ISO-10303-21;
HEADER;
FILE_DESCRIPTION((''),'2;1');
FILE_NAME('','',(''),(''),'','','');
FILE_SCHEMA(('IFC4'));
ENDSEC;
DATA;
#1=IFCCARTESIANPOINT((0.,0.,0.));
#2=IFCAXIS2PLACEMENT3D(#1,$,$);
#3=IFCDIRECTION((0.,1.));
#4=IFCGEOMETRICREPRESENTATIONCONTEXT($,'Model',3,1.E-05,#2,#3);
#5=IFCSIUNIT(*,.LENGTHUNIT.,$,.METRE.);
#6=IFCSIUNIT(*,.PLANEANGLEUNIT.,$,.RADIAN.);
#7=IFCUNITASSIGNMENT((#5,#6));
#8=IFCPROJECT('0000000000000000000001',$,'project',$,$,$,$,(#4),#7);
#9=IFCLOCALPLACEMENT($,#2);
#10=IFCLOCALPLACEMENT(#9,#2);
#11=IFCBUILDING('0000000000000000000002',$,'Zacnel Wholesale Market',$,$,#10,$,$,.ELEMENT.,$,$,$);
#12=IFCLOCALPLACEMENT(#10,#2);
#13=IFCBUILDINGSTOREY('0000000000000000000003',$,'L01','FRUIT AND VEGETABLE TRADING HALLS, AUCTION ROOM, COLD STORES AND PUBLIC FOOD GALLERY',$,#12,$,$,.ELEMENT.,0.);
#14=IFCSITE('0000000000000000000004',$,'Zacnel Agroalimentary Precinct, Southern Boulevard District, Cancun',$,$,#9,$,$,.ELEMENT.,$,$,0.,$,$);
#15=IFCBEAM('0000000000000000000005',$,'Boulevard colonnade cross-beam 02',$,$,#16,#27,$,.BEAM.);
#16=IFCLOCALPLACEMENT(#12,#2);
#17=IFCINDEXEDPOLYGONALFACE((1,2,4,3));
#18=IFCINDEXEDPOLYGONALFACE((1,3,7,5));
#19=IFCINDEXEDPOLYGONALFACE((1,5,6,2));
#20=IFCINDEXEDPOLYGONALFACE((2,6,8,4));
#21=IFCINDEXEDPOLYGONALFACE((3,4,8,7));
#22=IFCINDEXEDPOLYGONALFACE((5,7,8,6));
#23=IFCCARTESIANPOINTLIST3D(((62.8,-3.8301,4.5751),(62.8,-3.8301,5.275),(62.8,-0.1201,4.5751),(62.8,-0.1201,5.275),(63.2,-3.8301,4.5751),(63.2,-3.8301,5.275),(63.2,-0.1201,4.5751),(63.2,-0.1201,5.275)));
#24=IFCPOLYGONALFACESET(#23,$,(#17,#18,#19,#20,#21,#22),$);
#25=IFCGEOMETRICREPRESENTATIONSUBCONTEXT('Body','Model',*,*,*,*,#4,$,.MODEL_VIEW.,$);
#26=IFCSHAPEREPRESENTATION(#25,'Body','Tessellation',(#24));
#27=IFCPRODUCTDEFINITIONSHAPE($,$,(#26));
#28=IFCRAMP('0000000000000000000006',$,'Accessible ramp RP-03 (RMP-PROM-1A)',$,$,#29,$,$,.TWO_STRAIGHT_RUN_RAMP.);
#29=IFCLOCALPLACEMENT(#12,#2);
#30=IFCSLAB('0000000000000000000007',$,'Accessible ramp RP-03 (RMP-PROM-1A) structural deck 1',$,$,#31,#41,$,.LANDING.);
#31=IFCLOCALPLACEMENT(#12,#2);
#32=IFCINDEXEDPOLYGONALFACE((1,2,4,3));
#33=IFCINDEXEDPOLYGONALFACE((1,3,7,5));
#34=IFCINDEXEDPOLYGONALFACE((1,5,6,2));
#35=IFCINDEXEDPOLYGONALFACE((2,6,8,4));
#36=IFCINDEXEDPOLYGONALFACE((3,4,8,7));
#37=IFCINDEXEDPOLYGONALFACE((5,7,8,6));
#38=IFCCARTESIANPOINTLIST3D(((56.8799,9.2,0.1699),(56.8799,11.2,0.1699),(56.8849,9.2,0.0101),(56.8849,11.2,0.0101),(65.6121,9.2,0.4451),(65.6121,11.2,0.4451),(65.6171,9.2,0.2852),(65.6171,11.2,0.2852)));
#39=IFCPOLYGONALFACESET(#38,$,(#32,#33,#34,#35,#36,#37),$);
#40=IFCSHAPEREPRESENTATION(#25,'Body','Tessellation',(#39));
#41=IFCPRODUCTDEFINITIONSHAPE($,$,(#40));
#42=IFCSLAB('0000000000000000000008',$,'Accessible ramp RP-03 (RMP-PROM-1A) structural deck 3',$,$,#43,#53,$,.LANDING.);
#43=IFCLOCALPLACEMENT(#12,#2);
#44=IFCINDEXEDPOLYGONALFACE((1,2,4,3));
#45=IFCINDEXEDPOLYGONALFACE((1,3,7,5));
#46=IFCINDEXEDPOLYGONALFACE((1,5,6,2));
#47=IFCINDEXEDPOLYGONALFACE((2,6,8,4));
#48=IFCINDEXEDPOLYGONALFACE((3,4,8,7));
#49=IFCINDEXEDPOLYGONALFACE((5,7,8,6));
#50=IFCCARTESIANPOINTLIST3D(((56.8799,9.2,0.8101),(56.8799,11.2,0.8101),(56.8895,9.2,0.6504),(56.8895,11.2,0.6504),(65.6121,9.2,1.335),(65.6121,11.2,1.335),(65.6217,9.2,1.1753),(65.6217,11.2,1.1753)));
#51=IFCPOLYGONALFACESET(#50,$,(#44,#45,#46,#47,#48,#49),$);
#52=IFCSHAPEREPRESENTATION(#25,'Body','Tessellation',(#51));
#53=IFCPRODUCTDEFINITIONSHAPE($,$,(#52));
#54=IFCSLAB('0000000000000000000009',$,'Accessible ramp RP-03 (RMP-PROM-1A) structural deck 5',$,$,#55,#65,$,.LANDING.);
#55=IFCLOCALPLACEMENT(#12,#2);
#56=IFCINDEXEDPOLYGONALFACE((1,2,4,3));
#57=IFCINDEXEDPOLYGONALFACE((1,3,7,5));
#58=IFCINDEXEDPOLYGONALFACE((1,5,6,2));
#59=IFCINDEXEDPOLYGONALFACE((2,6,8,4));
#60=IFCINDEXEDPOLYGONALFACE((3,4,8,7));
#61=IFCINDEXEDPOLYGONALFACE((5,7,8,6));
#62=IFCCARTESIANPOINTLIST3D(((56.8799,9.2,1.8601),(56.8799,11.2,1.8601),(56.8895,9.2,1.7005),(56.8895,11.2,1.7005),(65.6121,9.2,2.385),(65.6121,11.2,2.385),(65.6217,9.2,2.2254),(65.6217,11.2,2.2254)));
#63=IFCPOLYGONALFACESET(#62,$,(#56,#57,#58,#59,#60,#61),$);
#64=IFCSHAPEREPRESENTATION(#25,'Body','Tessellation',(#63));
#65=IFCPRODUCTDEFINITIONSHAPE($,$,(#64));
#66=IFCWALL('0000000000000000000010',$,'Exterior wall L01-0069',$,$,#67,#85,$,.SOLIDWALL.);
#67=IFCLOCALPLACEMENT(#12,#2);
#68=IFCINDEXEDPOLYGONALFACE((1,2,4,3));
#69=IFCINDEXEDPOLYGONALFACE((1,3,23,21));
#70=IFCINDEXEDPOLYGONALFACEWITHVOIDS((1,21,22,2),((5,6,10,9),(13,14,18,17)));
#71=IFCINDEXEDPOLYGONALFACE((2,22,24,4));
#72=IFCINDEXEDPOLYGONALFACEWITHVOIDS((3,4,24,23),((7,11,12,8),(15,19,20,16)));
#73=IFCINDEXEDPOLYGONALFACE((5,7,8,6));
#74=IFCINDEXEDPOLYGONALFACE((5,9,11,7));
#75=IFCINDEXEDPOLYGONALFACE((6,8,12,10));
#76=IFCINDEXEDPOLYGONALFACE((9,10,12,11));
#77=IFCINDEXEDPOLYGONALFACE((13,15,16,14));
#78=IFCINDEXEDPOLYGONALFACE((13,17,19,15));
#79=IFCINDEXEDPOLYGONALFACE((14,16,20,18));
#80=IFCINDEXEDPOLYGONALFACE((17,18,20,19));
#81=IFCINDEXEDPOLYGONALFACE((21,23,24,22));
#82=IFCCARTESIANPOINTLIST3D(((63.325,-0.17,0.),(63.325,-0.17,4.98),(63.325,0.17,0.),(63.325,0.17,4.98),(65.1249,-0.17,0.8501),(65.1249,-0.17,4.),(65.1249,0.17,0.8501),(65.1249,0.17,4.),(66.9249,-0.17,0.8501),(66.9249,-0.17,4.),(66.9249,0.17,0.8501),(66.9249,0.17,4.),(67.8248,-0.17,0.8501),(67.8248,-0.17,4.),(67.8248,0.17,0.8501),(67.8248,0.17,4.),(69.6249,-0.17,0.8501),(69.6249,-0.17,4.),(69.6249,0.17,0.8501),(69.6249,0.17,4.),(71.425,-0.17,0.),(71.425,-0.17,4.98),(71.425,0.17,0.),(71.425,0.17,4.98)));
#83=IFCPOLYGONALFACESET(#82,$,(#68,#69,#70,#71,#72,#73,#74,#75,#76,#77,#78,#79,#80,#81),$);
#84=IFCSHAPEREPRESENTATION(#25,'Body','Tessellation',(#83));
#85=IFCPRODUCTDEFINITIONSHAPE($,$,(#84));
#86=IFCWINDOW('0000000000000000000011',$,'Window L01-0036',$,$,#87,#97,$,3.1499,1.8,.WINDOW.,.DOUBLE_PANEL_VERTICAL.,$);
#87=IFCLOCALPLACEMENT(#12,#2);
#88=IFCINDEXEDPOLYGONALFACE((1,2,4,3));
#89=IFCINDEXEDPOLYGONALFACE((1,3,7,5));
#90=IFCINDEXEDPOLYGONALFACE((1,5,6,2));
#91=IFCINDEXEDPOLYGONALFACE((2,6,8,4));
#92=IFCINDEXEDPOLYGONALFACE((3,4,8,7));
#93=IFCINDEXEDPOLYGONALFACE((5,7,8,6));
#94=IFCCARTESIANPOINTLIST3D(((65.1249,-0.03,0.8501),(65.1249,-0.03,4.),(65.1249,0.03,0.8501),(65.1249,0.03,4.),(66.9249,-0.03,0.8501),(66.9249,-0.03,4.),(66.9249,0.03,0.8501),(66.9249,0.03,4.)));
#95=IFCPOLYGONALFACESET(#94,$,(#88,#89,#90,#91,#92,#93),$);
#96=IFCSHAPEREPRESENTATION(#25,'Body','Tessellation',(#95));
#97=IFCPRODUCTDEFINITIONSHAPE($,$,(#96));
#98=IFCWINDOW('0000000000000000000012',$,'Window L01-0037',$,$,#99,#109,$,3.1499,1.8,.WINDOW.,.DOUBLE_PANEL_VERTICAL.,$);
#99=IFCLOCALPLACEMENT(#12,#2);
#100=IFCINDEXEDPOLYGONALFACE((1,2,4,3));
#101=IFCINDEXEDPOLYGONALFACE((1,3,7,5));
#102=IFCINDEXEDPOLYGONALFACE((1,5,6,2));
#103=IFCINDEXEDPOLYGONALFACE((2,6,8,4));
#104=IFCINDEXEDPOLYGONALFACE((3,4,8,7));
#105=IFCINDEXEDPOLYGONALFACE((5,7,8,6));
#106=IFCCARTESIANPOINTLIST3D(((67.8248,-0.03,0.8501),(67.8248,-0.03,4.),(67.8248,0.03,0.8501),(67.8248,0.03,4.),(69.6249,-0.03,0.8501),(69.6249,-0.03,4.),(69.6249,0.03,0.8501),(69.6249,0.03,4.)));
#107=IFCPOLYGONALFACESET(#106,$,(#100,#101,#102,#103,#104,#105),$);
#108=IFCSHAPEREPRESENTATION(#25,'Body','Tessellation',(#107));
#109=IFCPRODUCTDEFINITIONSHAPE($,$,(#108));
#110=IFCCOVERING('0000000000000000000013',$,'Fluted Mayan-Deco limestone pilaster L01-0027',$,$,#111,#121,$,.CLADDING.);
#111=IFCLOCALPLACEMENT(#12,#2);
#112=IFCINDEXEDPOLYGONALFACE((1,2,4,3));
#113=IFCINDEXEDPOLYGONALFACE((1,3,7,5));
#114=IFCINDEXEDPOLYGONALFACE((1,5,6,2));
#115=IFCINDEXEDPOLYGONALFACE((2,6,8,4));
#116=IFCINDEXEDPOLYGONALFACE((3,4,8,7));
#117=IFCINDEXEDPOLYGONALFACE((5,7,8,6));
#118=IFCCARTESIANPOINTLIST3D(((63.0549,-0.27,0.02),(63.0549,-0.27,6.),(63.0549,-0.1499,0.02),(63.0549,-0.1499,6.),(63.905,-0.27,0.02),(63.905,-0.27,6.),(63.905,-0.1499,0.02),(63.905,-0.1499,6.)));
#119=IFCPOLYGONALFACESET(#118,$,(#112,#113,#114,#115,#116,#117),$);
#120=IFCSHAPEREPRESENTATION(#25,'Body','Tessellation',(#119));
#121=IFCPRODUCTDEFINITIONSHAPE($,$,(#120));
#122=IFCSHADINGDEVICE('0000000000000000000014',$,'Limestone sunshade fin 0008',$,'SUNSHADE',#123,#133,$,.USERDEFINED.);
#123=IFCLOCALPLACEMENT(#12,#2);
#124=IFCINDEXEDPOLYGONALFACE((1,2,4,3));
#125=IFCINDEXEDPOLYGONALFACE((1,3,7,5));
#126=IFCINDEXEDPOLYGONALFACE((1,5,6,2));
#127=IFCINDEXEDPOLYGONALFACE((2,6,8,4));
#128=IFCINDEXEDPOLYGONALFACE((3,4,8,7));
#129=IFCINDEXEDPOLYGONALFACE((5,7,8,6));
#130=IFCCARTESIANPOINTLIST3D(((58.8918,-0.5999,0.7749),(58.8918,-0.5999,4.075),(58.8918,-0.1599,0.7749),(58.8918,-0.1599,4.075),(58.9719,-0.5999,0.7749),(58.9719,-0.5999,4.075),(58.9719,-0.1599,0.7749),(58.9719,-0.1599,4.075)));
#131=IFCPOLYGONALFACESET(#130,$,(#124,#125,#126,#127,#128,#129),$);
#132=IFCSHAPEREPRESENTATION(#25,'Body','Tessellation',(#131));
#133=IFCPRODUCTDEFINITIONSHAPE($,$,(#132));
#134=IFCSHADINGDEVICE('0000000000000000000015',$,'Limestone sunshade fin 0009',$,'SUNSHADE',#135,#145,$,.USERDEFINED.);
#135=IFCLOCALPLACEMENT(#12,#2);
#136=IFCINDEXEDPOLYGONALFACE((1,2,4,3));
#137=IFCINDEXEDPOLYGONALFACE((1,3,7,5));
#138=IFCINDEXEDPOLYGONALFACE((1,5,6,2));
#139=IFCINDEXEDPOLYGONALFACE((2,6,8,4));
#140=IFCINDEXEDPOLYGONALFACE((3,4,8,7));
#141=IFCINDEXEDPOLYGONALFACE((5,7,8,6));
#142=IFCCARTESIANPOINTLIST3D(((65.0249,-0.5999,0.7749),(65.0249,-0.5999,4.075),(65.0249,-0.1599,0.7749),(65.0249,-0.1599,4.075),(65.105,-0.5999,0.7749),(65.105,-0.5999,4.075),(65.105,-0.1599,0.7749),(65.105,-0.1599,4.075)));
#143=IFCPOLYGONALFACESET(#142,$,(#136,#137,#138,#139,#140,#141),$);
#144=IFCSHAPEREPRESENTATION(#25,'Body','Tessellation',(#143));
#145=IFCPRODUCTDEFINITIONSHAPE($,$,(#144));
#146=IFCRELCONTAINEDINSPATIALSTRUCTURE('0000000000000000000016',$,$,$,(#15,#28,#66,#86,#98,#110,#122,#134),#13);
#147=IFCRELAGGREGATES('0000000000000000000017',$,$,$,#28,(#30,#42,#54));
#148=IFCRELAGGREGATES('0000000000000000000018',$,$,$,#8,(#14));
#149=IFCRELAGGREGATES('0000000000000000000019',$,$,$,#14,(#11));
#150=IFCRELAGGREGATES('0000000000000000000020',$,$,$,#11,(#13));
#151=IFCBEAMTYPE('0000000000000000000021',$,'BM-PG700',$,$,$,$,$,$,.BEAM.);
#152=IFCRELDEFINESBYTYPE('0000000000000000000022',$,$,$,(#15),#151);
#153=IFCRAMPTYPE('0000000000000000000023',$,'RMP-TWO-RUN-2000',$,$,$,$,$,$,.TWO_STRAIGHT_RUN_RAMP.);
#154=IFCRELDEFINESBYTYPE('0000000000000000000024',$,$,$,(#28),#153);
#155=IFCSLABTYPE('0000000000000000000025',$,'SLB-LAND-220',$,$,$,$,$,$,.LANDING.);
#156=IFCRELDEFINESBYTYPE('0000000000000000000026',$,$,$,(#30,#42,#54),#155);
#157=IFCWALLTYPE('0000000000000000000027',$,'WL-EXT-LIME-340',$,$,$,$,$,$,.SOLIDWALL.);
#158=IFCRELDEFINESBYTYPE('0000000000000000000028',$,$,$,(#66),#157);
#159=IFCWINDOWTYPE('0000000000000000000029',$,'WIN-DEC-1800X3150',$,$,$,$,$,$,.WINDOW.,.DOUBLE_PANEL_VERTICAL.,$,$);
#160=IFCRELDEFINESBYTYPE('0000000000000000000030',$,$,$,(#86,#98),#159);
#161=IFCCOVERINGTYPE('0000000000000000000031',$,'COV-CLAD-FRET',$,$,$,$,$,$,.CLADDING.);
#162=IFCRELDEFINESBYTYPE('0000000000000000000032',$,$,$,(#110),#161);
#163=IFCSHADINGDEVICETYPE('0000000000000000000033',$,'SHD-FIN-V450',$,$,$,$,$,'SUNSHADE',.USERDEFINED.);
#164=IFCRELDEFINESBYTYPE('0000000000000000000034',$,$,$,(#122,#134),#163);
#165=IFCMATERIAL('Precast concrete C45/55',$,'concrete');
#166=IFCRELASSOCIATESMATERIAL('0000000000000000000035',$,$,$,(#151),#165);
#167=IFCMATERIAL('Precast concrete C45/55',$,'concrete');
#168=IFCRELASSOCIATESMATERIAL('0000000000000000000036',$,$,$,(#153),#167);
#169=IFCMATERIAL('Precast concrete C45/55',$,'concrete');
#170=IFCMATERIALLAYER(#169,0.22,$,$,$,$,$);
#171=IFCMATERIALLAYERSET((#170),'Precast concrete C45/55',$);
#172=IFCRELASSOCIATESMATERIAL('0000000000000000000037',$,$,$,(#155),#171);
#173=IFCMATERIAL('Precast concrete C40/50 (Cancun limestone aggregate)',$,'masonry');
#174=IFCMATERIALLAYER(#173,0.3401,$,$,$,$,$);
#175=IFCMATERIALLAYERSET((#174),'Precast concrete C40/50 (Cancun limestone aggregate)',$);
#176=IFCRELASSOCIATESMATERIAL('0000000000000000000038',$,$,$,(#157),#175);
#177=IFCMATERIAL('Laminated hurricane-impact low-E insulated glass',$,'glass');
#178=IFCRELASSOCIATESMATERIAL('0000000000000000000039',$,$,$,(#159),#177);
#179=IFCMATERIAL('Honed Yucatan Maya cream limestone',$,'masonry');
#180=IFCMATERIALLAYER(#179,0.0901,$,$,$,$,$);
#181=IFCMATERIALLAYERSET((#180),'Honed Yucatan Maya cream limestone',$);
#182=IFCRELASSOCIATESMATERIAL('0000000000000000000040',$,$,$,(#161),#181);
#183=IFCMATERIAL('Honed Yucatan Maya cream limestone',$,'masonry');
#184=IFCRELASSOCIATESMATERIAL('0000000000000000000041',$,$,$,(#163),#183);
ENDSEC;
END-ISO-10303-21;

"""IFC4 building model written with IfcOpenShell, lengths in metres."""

from ifc_helpers import new_model, si_unit, direction, frame, frame_2d, origin, origin_2d, place, context, subcontext, project, spatial, polyline, rectangle, outline, extrude, material, layer, layer_set, material_profile, profile_set, type_object, element, fill, aggregate, save


model = new_model("IFC4")

# Units and contexts
model_context = context("Model", 3, precision=1e-05, world=origin(), true_north=direction((0.0, 1.0)))
body_context = subcontext(model_context, "Body", "Model", "MODEL_VIEW")
ifc_project = project(units=[si_unit("LENGTHUNIT", "METRE"), si_unit("PLANEANGLEUNIT", "RADIAN")], contexts=[model_context])

# Site, building, storey
site_placement = place(None, origin())
site = spatial("IfcSite", under=ifc_project, at=site_placement, Name="Zacnel Agroalimentary Precinct, Southern Boulevard District, Cancun", CompositionType="ELEMENT", RefElevation=0.0)
building_placement = place(site_placement, origin())
building = spatial("IfcBuilding", under=site, at=building_placement, Name="Zacnel Wholesale Market", CompositionType="ELEMENT")
storey_placement = place(building_placement, origin())
storey = spatial("IfcBuildingStorey", under=building, at=storey_placement, Name="L01", Description="FRUIT AND VEGETABLE TRADING HALLS, AUCTION ROOM, COLD STORES AND PUBLIC FOOD GALLERY", CompositionType="ELEMENT", Elevation=0.0)

# Beam
ifc_material_1 = material(Name="Precast concrete C45/55", Category="concrete")
ifc_material_profile_1 = material_profile(ifc_material_1, rectangle(XDim=0.3999, YDim=0.7, at=origin_2d()), Name="PG 400x700")
ifc_profile_set_1 = profile_set([ifc_material_profile_1], Name="Precast concrete C45/55")
beam_type = type_object("IfcBeamType", Name="BM-PG700", PredefinedType="BEAM", material=ifc_profile_set_1)
beam_placement = place(storey_placement, frame((63.0, -3.8301, 4.925), z_axis=(0.0, 1.0, 0.0), x_axis=(-1.0, 0.0, 0.0)))
element("IfcBeam", 1, at=beam_placement, inside=storey, type_object=beam_type, Name="Boulevard colonnade cross-beam 02", PredefinedType="BEAM", context=body_context, shape_type="SweptSolid", body=[
    extrude(rectangle(XDim=0.3999, YDim=0.7, at=origin_2d()), origin(), (0.0, 0.0, 1.0), 3.71),
])

# Ramp, slabs
ifc_material_2 = material(Name="Precast concrete C45/55", Category="concrete")
ramp_type = type_object("IfcRampType", Name="RMP-TWO-RUN-2000", PredefinedType="TWO_STRAIGHT_RUN_RAMP", material=ifc_material_2)
ramp_placement = place(storey_placement, origin())
ramp = element("IfcRamp", 2, at=ramp_placement, inside=storey, type_object=ramp_type, Name="Accessible ramp RP-03 (RMP-PROM-1A)", PredefinedType="TWO_STRAIGHT_RUN_RAMP")
ifc_material_3 = material(Name="Precast concrete C45/55", Category="concrete")
ifc_layer_1 = layer(ifc_material_3, 0.22)
ifc_layer_set_1 = layer_set([ifc_layer_1], Name="Precast concrete C45/55")
slab_type = type_object("IfcSlabType", Name="SLB-LAND-220", PredefinedType="LANDING", material=ifc_layer_set_1)
slab_1_placement = place(storey_placement, frame((56.8799, 9.2, 0.1699), z_axis=(-0.031494, 0.0, 0.999504), x_axis=(0.999504, 0.0, 0.031494)))
slab_1 = element("IfcSlab", 3, at=slab_1_placement, type_object=slab_type, Name="Accessible ramp RP-03 (RMP-PROM-1A) structural deck 1", PredefinedType="LANDING", context=body_context, shape_type="SweptSolid", body=[
    extrude(outline(polyline([(0.0, 0.0), (8.7365, 0.0), (8.7365, 2.0), (0.0, 2.0), (0.0, 0.0)])), origin(), (0.0, 0.0, -1.0), 0.1599),
])
slab_2_placement = place(storey_placement, frame((56.8799, 9.2, 0.8101), z_axis=(-0.060003, 0.0, 0.998198), x_axis=(0.998198, 0.0, 0.060003)))
slab_2 = element("IfcSlab", 4, at=slab_2_placement, type_object=slab_type, Name="Accessible ramp RP-03 (RMP-PROM-1A) structural deck 3", PredefinedType="LANDING", context=body_context, shape_type="SweptSolid", body=[
    extrude(outline(polyline([(0.0, 0.0), (8.7479, 0.0), (8.7479, 2.0), (0.0, 2.0), (0.0, 0.0)])), origin(), (0.0, 0.0, -1.0), 0.1599),
])
slab_3_placement = place(storey_placement, frame((56.8799, 9.2, 1.8601), z_axis=(-0.060003, 0.0, 0.998198), x_axis=(0.998198, 0.0, 0.060003)))
slab_3 = element("IfcSlab", 5, at=slab_3_placement, type_object=slab_type, Name="Accessible ramp RP-03 (RMP-PROM-1A) structural deck 5", PredefinedType="LANDING", context=body_context, shape_type="SweptSolid", body=[
    extrude(outline(polyline([(0.0, 0.0), (8.7479, 0.0), (8.7479, 2.0), (0.0, 2.0), (0.0, 0.0)])), origin(), (0.0, 0.0, -1.0), 0.1599),
])
aggregate(ramp, [slab_1, slab_2, slab_3])

# Wall, openings, windows
ifc_material_4 = material(Name="Precast concrete C40/50 (Cancun limestone aggregate)", Category="masonry")
ifc_layer_2 = layer(ifc_material_4, 0.3401)
ifc_layer_set_2 = layer_set([ifc_layer_2], Name="Precast concrete C40/50 (Cancun limestone aggregate)")
wall_type = type_object("IfcWallType", Name="WL-EXT-LIME-340", PredefinedType="SOLIDWALL", material=ifc_layer_set_2)
wall_placement = place(storey_placement, frame((63.325, 0.0, 0.0), z_axis=(0.0, 0.0, 1.0), x_axis=(1.0, 0.0, 0.0)))
wall = element("IfcWall", 6, at=wall_placement, inside=storey, type_object=wall_type, Name="Exterior wall L01-0069", PredefinedType="SOLIDWALL", context=body_context, shape_type="SweptSolid", body=[
    extrude(rectangle(XDim=8.1001, YDim=0.3401, at=frame_2d((4.05, 0.0))), origin(), (0.0, 0.0, 1.0), 4.98),
])
opening_1_placement = place(wall_placement, frame((1.8, 0.0, 0.8501)))
opening_1 = element("IfcOpeningElement", 7, at=opening_1_placement, cuts=wall, PredefinedType="OPENING", context=body_context, shape_type="SweptSolid", body=[
    extrude(rectangle(XDim=1.8, YDim=3.1499, at=frame_2d((0.8999, 1.575))), frame((0.0, 0.1799, 0.0), z_axis=(0.0, -1.0, 0.0), x_axis=(1.0, 0.0, 0.0)), (0.0, 0.0, 1.0), 0.3601),
])
opening_2_placement = place(wall_placement, frame((4.5, 0.0, 0.8501)))
opening_2 = element("IfcOpeningElement", 8, at=opening_2_placement, cuts=wall, PredefinedType="OPENING", context=body_context, shape_type="SweptSolid", body=[
    extrude(rectangle(XDim=1.8, YDim=3.1499, at=frame_2d((0.8999, 1.575))), frame((0.0, 0.1799, 0.0), z_axis=(0.0, -1.0, 0.0), x_axis=(1.0, 0.0, 0.0)), (0.0, 0.0, 1.0), 0.3601),
])
ifc_material_5 = material(Name="Laminated hurricane-impact low-E insulated glass", Category="glass")
window_type = type_object("IfcWindowType", Name="WIN-DEC-1800X3150", PartitioningType="DOUBLE_PANEL_VERTICAL", PredefinedType="WINDOW", material=ifc_material_5)
window_1_placement = place(opening_1_placement, origin())
window_1 = element("IfcWindow", 9, at=window_1_placement, inside=storey, type_object=window_type, Name="Window L01-0036", OverallHeight=3.1499, OverallWidth=1.8, PartitioningType="DOUBLE_PANEL_VERTICAL", PredefinedType="WINDOW", context=body_context, shape_type="SweptSolid", body=[
    extrude(rectangle(XDim=1.8, YDim=3.1499, at=frame_2d((0.8999, 1.575))), frame((0.0, 0.03, 0.0), z_axis=(0.0, -1.0, 0.0), x_axis=(1.0, 0.0, 0.0)), (0.0, 0.0, 1.0), 0.0601),
])
fill(opening_1, window_1)
window_2_placement = place(opening_2_placement, origin())
window_2 = element("IfcWindow", 10, at=window_2_placement, inside=storey, type_object=window_type, Name="Window L01-0037", OverallHeight=3.1499, OverallWidth=1.8, PartitioningType="DOUBLE_PANEL_VERTICAL", PredefinedType="WINDOW", context=body_context, shape_type="SweptSolid", body=[
    extrude(rectangle(XDim=1.8, YDim=3.1499, at=frame_2d((0.8999, 1.575))), frame((0.0, 0.03, 0.0), z_axis=(0.0, -1.0, 0.0), x_axis=(1.0, 0.0, 0.0)), (0.0, 0.0, 1.0), 0.0601),
])
fill(opening_2, window_2)

# Covering
ifc_material_6 = material(Name="Honed Yucatan Maya cream limestone", Category="masonry")
ifc_layer_3 = layer(ifc_material_6, 0.0901)
ifc_layer_set_3 = layer_set([ifc_layer_3], Name="Honed Yucatan Maya cream limestone")
covering_type = type_object("IfcCoveringType", Name="COV-CLAD-FRET", PredefinedType="CLADDING", material=ifc_layer_set_3)
covering_placement = place(storey_placement, frame((63.48, -0.21, 0.02), z_axis=(0.0, 0.0, 1.0), x_axis=(1.0, 0.0, 0.0)))
element("IfcCovering", 11, at=covering_placement, inside=storey, type_object=covering_type, Name="Fluted Mayan-Deco limestone pilaster L01-0027", PredefinedType="CLADDING", context=body_context, shape_type="SweptSolid", body=[
    extrude(rectangle(XDim=0.8501, YDim=0.1201, at=origin_2d()), origin(), (0.0, 0.0, 1.0), 5.98),
])

# Shading devices
ifc_material_7 = material(Name="Honed Yucatan Maya cream limestone", Category="masonry")
shading_device_type = type_object("IfcShadingDeviceType", Name="SHD-FIN-V450", ElementType="SUNSHADE", PredefinedType="USERDEFINED", material=ifc_material_7)
for number, where, z_axis, x_axis, name in (
    (12, (58.9319, -0.3799, 0.7749), (0.0, 0.0, 1.0), (1.0, 0.0, 0.0), "Limestone sunshade fin 0008"),
    (13, (65.0649, -0.3799, 0.7749), (0.0, 0.0, 1.0), (1.0, 0.0, 0.0), "Limestone sunshade fin 0009"),
):
    element("IfcShadingDevice", number, at=place(storey_placement, frame(where, z_axis=z_axis, x_axis=x_axis)), inside=storey, type_object=shading_device_type, Name=name, ObjectType="SUNSHADE", PredefinedType="USERDEFINED", context=body_context, shape_type="SweptSolid", body=[
        extrude(rectangle(XDim=0.0801, YDim=0.4399, at=origin_2d()), origin(), (0.0, 0.0, 1.0), 3.3),
    ])

save(model, "model.ifc")
